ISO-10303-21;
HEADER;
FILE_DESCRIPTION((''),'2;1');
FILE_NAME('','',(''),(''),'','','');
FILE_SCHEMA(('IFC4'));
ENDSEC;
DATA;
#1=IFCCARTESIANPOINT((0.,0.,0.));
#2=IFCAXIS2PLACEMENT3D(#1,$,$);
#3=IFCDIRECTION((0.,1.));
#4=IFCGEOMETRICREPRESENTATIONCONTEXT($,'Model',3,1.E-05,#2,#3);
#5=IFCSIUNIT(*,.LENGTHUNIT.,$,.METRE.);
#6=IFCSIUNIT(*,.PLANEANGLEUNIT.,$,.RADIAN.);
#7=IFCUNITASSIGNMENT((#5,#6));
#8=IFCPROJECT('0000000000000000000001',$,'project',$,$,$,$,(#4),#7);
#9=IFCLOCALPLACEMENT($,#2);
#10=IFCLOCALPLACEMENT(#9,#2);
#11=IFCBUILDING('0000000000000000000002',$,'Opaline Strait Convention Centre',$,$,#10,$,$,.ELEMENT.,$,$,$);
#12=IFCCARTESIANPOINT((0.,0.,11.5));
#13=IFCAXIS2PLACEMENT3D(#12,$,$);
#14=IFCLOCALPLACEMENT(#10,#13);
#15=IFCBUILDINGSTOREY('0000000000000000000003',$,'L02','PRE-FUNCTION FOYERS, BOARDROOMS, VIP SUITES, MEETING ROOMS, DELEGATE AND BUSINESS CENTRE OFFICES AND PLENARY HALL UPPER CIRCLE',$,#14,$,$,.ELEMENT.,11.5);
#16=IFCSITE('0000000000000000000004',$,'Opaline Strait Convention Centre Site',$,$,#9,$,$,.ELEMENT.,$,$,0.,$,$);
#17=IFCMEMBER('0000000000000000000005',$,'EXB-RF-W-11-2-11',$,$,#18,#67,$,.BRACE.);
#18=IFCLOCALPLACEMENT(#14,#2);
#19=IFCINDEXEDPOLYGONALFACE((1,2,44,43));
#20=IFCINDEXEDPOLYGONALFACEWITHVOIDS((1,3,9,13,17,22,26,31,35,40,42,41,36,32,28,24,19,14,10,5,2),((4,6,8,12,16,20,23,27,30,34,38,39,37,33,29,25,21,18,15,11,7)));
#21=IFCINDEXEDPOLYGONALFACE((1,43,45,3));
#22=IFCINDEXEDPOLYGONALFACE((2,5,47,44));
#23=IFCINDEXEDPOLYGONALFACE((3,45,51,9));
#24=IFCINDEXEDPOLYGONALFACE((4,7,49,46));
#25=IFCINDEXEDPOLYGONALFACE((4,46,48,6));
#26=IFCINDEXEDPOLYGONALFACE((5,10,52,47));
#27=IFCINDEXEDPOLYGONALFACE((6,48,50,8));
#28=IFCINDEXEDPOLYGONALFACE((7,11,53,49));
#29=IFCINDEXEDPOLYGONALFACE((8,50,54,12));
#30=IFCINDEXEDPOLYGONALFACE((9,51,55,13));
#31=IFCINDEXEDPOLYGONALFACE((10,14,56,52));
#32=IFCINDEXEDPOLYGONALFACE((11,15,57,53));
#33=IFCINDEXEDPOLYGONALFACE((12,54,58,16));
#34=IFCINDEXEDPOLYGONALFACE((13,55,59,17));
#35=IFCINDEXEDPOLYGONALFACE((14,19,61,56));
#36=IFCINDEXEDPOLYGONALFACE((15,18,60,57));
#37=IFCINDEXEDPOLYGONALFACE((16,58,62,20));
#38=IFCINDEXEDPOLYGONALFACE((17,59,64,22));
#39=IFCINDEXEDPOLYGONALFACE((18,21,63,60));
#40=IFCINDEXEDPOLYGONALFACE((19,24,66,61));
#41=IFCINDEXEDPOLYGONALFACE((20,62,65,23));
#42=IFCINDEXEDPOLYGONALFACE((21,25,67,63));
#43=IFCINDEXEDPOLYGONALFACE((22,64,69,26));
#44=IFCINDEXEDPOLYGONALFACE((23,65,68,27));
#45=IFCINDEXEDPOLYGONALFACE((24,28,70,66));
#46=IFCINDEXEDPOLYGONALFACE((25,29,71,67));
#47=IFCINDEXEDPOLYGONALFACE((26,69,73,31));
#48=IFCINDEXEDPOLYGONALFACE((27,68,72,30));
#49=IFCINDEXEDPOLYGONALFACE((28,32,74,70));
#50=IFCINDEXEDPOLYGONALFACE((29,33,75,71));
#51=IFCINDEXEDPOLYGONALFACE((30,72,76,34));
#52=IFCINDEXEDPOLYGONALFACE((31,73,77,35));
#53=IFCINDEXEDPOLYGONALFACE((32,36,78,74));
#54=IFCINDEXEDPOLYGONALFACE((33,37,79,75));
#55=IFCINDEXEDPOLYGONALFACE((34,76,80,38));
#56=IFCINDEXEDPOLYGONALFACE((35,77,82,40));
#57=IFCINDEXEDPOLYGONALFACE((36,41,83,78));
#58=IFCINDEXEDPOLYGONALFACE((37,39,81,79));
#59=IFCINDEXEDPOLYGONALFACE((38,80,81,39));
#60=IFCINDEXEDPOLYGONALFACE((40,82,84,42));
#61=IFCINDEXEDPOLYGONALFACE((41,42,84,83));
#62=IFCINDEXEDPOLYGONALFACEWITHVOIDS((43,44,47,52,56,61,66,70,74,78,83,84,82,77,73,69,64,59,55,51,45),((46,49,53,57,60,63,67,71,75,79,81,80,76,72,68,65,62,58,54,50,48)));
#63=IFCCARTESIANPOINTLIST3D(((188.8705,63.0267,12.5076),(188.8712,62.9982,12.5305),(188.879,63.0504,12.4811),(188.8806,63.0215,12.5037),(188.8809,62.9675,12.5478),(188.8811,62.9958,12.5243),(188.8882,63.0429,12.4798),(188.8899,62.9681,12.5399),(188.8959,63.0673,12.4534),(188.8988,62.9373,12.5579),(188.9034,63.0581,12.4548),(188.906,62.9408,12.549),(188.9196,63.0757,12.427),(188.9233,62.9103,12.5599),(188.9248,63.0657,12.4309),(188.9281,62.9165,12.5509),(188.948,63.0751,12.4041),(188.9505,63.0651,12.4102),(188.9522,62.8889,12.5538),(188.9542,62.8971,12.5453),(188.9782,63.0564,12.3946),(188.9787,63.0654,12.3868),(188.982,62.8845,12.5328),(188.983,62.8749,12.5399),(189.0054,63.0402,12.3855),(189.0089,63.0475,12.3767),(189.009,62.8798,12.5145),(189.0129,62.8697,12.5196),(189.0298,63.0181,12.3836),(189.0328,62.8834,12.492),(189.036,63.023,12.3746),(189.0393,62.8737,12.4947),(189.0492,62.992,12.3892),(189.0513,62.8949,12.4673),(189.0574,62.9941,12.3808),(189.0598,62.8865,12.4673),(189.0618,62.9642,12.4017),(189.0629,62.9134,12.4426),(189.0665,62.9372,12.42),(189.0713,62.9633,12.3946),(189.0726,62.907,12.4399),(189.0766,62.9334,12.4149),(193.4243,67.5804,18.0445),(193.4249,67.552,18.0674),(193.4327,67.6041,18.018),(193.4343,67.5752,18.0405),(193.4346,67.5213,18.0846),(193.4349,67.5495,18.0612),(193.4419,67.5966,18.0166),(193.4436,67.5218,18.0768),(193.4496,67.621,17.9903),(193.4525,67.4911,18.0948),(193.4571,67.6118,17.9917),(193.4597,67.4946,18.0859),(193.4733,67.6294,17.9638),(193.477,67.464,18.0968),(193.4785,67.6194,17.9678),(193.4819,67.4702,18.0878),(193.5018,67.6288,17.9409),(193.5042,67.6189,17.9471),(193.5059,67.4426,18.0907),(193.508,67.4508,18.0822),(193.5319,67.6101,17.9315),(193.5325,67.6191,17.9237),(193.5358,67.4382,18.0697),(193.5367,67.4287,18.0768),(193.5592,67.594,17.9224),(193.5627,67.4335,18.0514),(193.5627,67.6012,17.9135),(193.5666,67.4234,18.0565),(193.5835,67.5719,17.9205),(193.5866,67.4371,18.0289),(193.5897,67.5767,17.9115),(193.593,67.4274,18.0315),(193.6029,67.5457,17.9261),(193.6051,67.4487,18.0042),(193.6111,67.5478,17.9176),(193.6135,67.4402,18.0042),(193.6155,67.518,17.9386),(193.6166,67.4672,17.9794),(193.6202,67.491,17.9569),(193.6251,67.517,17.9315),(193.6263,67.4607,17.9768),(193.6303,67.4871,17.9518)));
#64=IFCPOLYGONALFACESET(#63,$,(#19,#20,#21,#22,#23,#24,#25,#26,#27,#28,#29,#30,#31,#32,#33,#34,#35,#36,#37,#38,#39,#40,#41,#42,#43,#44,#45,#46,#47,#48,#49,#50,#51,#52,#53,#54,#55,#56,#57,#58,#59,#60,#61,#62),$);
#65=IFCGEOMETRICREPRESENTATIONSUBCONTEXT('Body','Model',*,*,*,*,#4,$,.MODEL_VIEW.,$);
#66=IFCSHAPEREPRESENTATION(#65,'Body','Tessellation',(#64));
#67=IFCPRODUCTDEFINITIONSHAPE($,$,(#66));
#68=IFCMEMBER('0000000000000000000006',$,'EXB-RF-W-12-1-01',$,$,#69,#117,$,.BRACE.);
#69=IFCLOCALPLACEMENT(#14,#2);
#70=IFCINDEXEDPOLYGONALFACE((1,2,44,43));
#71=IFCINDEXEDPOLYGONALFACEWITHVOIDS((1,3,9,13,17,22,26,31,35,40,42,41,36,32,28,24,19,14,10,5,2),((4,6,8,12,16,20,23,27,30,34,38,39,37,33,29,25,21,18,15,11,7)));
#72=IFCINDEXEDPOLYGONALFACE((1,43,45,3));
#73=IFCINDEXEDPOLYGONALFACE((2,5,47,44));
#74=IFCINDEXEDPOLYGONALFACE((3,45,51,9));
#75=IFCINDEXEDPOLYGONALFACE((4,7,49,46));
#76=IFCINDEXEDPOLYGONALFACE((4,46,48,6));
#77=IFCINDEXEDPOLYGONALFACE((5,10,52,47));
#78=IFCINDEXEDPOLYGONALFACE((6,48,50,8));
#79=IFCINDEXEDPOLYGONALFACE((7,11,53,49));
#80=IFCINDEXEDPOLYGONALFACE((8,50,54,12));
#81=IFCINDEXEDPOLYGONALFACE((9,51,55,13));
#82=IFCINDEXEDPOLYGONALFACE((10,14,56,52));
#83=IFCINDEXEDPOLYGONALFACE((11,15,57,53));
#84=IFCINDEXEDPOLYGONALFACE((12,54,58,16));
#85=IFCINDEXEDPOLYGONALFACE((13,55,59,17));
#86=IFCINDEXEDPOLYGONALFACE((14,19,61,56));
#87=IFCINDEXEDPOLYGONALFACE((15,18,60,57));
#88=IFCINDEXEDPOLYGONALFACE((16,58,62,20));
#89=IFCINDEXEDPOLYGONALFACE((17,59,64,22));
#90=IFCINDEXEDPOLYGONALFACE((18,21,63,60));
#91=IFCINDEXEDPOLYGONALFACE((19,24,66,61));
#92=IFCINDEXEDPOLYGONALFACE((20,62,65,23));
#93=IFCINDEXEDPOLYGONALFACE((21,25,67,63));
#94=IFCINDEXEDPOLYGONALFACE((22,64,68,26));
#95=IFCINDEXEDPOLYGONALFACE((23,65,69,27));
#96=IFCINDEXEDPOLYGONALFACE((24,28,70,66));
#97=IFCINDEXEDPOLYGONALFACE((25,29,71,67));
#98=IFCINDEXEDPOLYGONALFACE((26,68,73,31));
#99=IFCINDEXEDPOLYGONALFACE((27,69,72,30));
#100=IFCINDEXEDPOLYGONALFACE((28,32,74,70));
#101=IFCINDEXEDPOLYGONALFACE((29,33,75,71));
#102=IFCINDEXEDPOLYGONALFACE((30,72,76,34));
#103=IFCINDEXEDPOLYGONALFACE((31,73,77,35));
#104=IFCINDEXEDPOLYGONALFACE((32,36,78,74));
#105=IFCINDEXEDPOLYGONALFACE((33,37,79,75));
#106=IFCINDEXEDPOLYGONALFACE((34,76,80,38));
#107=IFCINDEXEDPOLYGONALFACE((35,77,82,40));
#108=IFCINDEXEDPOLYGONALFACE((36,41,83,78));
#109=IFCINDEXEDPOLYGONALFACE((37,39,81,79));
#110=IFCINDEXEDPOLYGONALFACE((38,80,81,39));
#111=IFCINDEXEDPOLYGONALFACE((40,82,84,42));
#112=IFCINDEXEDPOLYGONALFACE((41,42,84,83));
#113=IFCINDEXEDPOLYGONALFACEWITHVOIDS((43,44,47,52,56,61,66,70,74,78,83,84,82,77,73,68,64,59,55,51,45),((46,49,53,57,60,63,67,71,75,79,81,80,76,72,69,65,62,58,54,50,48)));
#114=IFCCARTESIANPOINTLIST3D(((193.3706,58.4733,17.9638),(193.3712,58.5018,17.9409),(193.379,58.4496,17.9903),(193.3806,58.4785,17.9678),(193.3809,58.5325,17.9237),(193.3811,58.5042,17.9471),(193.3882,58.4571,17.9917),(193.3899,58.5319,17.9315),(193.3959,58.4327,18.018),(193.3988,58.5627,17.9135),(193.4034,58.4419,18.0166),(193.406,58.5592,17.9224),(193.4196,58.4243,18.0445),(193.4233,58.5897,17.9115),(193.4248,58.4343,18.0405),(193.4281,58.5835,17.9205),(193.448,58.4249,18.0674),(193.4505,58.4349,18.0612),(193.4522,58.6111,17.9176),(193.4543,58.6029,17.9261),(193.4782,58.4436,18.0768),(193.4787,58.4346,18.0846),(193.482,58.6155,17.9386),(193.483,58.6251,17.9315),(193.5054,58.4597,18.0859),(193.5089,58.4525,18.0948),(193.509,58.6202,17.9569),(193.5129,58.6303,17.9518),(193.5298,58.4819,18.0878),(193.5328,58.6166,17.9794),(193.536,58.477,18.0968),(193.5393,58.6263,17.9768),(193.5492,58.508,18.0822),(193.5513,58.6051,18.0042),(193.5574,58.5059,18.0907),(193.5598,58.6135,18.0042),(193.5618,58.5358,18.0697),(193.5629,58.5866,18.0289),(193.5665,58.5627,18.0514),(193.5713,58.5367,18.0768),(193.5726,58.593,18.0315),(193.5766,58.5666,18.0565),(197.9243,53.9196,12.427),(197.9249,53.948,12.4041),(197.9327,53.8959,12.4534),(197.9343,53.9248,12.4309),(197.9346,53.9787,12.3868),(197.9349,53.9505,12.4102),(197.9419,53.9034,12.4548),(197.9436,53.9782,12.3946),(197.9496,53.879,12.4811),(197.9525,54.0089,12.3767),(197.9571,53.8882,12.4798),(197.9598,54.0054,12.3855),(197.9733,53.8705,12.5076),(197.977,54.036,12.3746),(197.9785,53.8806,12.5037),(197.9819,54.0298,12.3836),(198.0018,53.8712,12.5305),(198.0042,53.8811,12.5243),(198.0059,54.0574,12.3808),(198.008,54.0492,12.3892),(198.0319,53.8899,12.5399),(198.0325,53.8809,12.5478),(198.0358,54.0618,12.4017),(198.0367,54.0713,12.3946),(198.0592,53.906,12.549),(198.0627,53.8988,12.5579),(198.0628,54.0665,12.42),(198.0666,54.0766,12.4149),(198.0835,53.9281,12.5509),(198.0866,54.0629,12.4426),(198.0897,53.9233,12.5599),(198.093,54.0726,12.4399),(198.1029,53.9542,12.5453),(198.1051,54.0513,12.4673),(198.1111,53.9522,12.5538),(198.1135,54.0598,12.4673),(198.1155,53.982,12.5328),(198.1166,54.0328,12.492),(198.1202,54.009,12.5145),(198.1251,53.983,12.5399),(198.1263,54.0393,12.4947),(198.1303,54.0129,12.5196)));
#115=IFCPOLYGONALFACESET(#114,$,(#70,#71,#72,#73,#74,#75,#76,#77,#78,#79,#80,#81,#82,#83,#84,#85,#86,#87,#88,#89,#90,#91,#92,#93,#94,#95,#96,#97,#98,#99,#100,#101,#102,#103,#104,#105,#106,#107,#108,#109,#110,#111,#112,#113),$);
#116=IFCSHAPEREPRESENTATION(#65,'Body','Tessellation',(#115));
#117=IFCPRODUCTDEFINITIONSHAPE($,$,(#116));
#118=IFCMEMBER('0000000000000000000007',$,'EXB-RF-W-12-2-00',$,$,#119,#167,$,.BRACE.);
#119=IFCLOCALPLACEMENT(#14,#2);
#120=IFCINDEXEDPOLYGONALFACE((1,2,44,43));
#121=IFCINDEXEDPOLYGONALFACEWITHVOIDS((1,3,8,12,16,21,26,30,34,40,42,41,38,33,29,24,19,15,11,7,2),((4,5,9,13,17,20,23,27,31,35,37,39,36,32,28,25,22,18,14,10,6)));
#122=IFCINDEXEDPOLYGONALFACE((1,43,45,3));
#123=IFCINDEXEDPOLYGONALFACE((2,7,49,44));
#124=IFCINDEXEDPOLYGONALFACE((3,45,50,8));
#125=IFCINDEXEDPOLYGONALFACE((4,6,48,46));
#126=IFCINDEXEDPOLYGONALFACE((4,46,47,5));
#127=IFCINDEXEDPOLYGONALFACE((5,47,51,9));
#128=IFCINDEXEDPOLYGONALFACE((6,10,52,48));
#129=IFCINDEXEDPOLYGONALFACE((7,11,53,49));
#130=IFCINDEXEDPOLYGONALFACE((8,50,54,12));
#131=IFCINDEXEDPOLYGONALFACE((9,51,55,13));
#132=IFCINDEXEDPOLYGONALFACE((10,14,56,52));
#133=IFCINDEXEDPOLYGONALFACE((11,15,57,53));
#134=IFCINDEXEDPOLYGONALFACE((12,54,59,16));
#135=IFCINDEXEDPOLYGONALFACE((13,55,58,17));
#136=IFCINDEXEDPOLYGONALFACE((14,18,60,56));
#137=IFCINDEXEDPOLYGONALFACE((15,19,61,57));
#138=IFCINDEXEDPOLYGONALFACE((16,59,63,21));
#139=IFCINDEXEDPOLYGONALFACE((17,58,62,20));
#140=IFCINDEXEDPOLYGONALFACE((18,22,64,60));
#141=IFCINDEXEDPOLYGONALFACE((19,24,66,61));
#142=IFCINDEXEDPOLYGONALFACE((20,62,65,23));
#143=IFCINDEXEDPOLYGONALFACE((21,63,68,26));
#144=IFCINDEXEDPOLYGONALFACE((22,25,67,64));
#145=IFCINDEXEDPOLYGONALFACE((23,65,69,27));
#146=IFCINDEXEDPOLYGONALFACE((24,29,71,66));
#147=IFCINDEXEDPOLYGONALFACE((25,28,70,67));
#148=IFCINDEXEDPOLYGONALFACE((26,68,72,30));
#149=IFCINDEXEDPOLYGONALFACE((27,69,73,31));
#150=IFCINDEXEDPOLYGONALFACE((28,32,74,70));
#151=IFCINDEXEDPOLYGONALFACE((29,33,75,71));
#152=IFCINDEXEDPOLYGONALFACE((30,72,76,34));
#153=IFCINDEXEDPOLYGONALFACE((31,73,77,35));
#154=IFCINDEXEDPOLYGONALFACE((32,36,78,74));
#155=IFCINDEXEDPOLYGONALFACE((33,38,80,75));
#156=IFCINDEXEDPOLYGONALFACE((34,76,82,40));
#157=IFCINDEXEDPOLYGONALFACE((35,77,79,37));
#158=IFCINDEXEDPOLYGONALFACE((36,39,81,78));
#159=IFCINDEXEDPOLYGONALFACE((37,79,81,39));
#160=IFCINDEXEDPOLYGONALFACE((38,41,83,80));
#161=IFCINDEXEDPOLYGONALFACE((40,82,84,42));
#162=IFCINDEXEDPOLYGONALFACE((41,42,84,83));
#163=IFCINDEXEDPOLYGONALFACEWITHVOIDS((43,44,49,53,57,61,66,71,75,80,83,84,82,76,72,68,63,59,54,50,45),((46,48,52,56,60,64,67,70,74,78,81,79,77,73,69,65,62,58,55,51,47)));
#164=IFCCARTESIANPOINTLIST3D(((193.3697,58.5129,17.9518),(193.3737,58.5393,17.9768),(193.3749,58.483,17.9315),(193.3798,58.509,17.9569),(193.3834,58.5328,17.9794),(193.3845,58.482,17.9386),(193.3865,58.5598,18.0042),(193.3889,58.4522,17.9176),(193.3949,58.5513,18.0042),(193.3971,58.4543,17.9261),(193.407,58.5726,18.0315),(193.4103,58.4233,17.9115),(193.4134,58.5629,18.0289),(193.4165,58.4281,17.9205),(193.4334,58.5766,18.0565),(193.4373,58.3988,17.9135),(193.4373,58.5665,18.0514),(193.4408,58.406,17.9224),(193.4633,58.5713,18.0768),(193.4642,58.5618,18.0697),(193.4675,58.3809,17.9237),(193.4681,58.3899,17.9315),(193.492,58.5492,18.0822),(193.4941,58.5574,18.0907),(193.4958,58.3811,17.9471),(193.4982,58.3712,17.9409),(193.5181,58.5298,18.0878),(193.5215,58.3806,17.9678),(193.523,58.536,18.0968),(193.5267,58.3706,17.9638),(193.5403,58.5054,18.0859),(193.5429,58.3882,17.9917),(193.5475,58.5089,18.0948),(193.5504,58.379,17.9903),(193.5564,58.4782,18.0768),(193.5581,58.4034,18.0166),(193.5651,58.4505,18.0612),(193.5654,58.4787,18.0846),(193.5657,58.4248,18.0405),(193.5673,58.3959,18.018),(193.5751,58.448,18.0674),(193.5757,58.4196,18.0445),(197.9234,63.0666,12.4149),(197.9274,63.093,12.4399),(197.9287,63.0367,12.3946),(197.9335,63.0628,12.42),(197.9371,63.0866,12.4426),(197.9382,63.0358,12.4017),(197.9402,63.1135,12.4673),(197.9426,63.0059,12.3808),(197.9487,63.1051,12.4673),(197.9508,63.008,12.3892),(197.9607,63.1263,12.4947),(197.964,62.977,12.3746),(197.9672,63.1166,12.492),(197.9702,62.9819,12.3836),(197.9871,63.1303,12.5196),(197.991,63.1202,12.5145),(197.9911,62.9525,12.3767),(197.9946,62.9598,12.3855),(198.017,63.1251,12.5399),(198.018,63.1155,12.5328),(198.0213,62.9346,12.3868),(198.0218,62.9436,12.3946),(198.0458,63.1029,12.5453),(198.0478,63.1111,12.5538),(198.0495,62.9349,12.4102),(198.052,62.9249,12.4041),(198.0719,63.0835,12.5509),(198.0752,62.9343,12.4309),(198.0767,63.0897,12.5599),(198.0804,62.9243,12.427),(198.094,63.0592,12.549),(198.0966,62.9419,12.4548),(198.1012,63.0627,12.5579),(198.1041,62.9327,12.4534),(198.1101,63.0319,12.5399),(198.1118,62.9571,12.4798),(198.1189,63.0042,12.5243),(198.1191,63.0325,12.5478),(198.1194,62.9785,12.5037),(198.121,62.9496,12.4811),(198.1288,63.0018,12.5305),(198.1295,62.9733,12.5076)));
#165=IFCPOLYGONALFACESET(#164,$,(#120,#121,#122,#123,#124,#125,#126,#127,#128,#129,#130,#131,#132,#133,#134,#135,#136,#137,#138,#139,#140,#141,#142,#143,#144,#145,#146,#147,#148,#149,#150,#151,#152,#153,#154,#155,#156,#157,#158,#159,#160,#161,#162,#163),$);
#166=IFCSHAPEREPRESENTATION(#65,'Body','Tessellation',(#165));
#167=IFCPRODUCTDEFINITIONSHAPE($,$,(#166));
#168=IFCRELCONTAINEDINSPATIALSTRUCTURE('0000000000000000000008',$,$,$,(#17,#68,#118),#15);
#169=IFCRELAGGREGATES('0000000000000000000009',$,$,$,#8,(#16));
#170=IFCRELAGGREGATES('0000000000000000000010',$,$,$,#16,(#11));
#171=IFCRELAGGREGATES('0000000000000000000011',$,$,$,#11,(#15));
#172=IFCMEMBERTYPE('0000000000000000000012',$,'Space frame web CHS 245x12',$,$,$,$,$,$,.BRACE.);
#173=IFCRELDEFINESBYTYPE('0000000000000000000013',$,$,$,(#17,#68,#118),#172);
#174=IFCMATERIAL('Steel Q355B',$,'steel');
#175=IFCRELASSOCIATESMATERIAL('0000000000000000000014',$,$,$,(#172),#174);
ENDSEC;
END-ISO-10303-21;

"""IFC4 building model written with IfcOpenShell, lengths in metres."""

from ifc_helpers import new_model, si_unit, direction, frame, origin, origin_2d, place, context, subcontext, project, spatial, hollow_circle, extrude, material, material_profile, profile_set, type_object, element, save


model = new_model("IFC4")

# Units and contexts
model_context = context("Model", 3, precision=1e-05, world=origin(), true_north=direction((0.0, 1.0)))
body_context = subcontext(model_context, "Body", "Model", "MODEL_VIEW")
ifc_project = project(units=[si_unit("LENGTHUNIT", "METRE"), si_unit("PLANEANGLEUNIT", "RADIAN")], contexts=[model_context])

# Site, building, storey
site_placement = place(None, origin())
site = spatial("IfcSite", under=ifc_project, at=site_placement, Name="Opaline Strait Convention Centre Site", CompositionType="ELEMENT", RefElevation=0.0)
building_placement = place(site_placement, origin())
building = spatial("IfcBuilding", under=site, at=building_placement, Name="Opaline Strait Convention Centre", CompositionType="ELEMENT")
storey_placement = place(building_placement, frame((0.0, 0.0, 11.5)))
storey = spatial("IfcBuildingStorey", under=building, at=storey_placement, Name="L02", Description="PRE-FUNCTION FOYERS, BOARDROOMS, VIP SUITES, MEETING ROOMS, DELEGATE AND BUSINESS CENTRE OFFICES AND PLENARY HALL UPPER CIRCLE", CompositionType="ELEMENT", Elevation=11.5)

# Members
ifc_material = material(Name="Steel Q355B", Category="steel")
ifc_material_profile_1 = material_profile(ifc_material, hollow_circle(Radius=0.1226, WallThickness=0.012, at=origin_2d()), Name="CHS 245x12")
ifc_profile_set_1 = profile_set([ifc_material_profile_1], Name="Steel Q355B")
member_type_1 = type_object("IfcMemberType", Name="Space frame web CHS 245x12", PredefinedType="BRACE", material=ifc_profile_set_1)
for number, where, z_axis, x_axis, name in (
    (1, (193.5269, 67.5269, 18.0042), (-0.536178, -0.536178, -0.65194), (0.707107, -0.707107, 0.0), "EXB-RF-W-11-2-11"),
    (2, (193.4731, 58.5269, 18.0042), (0.536178, -0.536178, -0.65194), (0.707107, 0.707107, 0.0), "EXB-RF-W-12-1-01"),
    (3, (193.4731, 58.4731, 18.0042), (0.536178, 0.536178, -0.65194), (-0.707107, 0.707107, 0.0), "EXB-RF-W-12-2-00"),
):
    element("IfcMember", number, at=place(storey_placement, frame(where, z_axis=z_axis, x_axis=x_axis)), inside=storey, type_object=member_type_1, Name=name, PredefinedType="BRACE", context=body_context, shape_type="SweptSolid", body=[
        extrude(hollow_circle(Radius=0.1226, WallThickness=0.012, at=origin_2d()), origin(), (0.0, 0.0, 1.0), 8.4929),
    ])

save(model, "model.ifc")
